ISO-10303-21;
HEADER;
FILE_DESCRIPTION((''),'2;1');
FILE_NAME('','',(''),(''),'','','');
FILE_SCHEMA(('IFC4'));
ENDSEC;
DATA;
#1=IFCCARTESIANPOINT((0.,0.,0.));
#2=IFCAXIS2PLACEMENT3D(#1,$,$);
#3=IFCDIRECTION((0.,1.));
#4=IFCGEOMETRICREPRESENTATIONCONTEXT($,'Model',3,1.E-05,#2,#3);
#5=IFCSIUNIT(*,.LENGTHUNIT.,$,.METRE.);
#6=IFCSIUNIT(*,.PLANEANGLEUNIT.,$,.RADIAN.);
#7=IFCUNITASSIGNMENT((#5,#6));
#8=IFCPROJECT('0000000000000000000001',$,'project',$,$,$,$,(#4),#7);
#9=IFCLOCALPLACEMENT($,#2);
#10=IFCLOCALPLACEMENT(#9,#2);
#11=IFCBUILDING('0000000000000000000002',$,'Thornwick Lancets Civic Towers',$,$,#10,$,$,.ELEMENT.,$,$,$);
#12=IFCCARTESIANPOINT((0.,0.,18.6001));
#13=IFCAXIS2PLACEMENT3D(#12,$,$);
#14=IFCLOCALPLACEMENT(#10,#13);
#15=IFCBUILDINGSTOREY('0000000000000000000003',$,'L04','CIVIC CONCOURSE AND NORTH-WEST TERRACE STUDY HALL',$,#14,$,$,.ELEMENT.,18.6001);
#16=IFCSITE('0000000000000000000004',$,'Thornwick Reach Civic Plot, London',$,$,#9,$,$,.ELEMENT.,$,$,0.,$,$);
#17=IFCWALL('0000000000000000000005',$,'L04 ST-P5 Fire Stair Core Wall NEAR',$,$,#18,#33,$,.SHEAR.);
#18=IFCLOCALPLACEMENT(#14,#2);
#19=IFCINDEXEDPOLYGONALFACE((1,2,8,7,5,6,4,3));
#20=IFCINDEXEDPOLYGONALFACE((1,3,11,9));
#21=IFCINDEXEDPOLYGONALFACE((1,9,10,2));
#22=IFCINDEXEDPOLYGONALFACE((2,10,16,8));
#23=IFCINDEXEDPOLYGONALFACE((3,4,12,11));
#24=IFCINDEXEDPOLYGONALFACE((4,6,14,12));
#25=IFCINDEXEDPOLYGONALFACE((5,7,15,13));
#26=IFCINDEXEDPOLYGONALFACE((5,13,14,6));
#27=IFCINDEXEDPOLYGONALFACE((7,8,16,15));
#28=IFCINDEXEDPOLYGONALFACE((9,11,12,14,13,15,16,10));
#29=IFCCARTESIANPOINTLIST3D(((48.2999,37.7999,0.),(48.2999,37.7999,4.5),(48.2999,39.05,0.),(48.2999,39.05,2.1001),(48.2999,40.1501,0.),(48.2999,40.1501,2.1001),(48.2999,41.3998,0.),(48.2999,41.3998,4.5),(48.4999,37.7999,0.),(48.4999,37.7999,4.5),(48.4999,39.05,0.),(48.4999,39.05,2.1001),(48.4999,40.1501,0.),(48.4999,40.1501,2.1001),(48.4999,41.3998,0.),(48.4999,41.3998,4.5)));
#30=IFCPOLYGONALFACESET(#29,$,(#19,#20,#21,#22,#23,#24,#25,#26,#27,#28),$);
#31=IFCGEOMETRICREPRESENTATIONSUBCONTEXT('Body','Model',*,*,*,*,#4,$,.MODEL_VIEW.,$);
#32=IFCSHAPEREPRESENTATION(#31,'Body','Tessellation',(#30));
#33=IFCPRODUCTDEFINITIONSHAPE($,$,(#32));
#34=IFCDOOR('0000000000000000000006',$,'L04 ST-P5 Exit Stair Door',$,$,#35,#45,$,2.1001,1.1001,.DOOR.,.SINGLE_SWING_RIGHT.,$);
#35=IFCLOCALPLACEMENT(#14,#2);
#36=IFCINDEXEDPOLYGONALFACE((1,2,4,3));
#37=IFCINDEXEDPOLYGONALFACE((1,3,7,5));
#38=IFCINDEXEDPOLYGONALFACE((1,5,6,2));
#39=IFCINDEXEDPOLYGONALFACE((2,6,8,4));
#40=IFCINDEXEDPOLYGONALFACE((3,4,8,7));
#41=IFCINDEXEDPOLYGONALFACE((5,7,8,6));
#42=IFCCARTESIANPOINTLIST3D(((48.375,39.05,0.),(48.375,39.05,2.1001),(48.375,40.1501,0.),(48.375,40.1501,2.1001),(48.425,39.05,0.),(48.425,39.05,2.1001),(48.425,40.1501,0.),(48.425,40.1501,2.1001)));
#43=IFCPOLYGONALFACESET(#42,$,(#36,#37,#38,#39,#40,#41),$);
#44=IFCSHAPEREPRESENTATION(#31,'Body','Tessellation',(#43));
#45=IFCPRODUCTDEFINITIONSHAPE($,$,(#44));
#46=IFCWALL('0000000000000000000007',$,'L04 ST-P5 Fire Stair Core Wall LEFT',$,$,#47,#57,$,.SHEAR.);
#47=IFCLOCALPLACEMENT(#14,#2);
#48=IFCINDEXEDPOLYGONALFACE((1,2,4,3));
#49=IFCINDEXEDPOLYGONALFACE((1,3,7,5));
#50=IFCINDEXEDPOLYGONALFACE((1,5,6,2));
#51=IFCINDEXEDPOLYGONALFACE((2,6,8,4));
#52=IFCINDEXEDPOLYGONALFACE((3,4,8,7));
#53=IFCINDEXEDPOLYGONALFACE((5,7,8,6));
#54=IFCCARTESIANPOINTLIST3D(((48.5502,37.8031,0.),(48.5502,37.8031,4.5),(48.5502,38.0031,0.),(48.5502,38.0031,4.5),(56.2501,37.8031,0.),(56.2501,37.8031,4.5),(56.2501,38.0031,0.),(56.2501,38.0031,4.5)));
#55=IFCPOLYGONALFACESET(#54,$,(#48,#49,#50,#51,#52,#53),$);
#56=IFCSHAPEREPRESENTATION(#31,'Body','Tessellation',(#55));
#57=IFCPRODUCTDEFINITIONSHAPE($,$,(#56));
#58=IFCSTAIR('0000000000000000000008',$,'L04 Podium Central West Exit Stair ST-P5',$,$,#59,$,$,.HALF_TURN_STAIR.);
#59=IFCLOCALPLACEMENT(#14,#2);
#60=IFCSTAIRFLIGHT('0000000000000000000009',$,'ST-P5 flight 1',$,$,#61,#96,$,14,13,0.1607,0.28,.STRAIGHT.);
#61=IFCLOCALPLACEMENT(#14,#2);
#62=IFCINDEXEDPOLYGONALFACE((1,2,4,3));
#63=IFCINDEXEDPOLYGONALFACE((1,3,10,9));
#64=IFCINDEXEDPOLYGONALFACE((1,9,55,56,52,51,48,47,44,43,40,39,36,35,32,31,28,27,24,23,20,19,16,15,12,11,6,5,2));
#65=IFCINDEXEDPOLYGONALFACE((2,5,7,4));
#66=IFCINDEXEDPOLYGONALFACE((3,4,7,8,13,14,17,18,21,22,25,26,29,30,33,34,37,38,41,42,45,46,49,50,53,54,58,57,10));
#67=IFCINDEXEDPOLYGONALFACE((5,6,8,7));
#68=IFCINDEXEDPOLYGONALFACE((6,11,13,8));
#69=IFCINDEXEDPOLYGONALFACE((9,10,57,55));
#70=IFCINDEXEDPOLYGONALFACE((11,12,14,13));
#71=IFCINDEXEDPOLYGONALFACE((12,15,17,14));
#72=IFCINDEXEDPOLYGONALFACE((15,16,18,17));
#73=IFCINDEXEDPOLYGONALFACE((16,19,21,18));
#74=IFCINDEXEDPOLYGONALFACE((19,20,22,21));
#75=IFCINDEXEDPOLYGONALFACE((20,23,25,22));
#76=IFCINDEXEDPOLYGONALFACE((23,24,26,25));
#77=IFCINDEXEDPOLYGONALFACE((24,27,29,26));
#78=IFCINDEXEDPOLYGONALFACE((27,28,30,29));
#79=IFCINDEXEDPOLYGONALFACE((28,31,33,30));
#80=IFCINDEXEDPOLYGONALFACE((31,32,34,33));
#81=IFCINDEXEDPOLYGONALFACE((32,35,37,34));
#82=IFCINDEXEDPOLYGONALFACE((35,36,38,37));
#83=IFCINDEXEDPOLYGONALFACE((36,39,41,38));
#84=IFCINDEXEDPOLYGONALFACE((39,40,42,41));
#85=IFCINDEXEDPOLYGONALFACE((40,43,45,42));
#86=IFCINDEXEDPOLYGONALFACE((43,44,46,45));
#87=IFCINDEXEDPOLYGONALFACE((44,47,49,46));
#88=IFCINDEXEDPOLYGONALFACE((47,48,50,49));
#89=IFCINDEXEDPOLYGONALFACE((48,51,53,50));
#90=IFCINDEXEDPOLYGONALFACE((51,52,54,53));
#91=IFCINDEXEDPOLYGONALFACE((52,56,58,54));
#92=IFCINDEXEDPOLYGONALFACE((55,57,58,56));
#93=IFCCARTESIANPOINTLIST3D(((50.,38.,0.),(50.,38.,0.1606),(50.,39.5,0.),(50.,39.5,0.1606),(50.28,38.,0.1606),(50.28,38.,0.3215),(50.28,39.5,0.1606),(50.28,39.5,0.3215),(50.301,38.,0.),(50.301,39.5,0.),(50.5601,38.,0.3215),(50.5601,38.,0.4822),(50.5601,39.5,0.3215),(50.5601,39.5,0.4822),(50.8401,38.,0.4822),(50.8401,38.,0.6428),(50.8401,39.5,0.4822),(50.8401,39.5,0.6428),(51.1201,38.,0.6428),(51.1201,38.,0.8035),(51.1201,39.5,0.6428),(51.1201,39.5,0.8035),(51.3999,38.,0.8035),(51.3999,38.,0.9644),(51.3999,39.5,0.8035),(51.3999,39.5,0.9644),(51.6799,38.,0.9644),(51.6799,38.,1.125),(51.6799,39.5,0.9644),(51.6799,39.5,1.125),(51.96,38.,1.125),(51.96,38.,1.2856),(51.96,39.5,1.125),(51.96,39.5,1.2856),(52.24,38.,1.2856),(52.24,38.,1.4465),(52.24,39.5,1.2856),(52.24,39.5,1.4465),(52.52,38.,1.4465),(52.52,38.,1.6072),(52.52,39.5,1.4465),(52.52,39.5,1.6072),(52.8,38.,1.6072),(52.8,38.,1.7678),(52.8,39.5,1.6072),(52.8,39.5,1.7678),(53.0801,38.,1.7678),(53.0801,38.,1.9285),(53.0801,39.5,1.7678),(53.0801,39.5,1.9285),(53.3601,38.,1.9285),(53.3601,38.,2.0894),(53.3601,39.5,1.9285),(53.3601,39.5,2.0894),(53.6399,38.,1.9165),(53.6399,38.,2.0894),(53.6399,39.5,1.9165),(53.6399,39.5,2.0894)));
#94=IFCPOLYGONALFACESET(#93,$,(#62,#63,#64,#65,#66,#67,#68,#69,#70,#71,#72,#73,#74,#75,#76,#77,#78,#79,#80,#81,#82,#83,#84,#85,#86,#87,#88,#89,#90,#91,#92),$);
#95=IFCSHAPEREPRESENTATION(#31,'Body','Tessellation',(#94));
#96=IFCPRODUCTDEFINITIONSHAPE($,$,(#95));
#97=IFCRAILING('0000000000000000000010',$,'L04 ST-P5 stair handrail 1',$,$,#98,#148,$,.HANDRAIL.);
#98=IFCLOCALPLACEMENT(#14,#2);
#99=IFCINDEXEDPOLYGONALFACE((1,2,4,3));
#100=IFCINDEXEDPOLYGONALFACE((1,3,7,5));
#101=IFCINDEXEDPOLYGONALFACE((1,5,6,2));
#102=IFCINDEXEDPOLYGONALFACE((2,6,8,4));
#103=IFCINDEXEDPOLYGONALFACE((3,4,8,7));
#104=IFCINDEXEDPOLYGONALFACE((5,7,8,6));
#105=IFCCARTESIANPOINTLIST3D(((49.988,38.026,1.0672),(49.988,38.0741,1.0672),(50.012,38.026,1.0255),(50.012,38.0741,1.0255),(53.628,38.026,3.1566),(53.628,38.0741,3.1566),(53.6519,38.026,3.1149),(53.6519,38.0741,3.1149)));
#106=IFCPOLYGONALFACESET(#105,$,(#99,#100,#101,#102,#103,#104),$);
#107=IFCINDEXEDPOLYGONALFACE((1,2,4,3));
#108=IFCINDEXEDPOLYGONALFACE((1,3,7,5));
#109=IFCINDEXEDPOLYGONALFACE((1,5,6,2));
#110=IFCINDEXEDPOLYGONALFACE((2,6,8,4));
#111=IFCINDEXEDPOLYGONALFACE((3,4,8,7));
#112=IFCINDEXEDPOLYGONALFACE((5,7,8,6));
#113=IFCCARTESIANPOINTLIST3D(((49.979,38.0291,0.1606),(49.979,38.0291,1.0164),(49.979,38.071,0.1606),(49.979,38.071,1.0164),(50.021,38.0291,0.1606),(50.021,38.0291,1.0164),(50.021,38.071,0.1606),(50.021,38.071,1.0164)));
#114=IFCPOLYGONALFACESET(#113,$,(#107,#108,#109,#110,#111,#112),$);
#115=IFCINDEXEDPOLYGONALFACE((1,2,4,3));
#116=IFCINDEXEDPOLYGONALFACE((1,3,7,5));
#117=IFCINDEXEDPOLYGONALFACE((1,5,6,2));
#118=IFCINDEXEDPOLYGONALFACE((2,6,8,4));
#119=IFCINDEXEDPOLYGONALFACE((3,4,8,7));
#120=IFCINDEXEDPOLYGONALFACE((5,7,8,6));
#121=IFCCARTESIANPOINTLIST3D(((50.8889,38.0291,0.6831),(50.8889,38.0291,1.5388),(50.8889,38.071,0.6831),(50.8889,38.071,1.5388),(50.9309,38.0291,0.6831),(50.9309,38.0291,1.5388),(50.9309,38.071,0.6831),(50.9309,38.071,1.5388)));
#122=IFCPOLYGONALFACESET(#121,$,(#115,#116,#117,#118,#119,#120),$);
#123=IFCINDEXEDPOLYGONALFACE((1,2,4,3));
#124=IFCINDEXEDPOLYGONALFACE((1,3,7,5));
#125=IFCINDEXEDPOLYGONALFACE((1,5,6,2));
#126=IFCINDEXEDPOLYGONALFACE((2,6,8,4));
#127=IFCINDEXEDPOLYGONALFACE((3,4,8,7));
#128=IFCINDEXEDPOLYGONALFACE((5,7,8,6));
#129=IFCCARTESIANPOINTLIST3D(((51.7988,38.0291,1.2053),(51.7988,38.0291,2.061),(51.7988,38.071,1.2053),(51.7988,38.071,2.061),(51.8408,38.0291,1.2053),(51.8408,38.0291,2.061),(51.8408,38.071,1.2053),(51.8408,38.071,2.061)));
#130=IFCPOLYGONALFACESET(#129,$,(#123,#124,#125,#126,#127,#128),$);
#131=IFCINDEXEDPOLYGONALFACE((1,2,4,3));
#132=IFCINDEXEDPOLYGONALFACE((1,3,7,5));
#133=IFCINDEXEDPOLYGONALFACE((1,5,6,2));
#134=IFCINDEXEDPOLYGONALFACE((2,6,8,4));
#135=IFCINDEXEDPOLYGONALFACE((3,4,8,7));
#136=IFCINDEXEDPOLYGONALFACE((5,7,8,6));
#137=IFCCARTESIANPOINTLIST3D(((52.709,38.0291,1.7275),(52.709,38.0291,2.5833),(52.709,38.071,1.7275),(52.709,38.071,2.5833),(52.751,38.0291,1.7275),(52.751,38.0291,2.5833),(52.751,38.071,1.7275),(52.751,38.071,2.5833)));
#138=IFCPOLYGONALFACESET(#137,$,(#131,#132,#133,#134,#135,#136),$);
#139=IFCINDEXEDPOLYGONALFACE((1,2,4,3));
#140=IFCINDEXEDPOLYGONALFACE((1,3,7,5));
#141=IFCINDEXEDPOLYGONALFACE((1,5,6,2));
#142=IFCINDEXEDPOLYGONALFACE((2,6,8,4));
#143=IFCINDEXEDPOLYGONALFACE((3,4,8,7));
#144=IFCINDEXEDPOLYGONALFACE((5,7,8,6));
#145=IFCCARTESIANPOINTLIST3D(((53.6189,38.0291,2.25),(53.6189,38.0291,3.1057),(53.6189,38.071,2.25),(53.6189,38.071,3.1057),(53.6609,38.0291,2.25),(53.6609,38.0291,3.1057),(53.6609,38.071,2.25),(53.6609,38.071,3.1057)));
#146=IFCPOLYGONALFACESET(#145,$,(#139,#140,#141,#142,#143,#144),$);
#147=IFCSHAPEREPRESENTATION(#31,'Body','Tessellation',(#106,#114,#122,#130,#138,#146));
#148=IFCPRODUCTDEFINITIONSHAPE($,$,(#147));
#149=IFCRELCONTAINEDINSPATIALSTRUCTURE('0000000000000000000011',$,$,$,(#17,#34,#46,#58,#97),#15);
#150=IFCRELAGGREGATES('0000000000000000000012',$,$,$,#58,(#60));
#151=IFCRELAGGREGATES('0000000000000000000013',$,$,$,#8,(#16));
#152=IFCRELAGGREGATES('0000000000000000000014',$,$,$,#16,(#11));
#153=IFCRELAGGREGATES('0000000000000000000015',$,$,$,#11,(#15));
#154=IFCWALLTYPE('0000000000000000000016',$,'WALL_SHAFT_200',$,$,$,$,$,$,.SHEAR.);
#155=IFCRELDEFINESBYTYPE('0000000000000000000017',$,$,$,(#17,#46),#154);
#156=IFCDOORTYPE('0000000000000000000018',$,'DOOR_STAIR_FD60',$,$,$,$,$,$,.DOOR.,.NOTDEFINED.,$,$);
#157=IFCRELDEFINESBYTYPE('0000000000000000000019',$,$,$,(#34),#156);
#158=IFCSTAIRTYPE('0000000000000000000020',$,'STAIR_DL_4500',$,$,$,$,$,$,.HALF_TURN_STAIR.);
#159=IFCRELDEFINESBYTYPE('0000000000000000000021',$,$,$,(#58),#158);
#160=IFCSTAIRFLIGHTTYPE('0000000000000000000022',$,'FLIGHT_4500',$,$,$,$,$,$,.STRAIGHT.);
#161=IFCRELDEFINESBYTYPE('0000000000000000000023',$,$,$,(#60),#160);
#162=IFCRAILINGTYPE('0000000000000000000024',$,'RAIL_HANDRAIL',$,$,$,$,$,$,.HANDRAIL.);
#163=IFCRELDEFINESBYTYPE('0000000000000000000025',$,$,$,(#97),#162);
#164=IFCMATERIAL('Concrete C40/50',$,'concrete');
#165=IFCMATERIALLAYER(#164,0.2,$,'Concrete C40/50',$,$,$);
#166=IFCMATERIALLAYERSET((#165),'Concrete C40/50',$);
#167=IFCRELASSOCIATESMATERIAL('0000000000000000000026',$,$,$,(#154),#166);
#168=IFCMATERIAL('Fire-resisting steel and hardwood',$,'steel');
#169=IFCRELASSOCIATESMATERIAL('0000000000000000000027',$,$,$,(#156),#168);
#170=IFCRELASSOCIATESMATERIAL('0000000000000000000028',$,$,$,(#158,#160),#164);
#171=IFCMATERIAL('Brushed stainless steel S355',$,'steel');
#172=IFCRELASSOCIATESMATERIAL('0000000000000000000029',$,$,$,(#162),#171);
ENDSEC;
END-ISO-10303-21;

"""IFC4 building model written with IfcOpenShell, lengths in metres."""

from ifc_helpers import new_model, si_unit, direction, frame, frame_2d, origin, origin_2d, place, context, subcontext, project, spatial, polyline, rectangle, outline, extrude, material, layer, layer_set, type_object, element, fill, aggregate, save


model = new_model("IFC4")

# Units and contexts
model_context = context("Model", 3, precision=1e-05, world=origin(), true_north=direction((0.0, 1.0)))
body_context = subcontext(model_context, "Body", "Model", "MODEL_VIEW")
ifc_project = project(units=[si_unit("LENGTHUNIT", "METRE"), si_unit("PLANEANGLEUNIT", "RADIAN")], contexts=[model_context])

# Site, building, storey
site_placement = place(None, origin())
site = spatial("IfcSite", under=ifc_project, at=site_placement, Name="Thornwick Reach Civic Plot, London", CompositionType="ELEMENT", RefElevation=0.0)
building_placement = place(site_placement, origin())
building = spatial("IfcBuilding", under=site, at=building_placement, Name="Thornwick Lancets Civic Towers", CompositionType="ELEMENT")
storey_placement = place(building_placement, frame((0.0, 0.0, 18.6001)))
storey = spatial("IfcBuildingStorey", under=building, at=storey_placement, Name="L04", Description="CIVIC CONCOURSE AND NORTH-WEST TERRACE STUDY HALL", CompositionType="ELEMENT", Elevation=18.6001)

# Shared definitions
ifc_material_1 = material(Name="Concrete C40/50", Category="concrete")

# Wall, opening, door
ifc_layer_1 = layer(ifc_material_1, 0.2, Name="Concrete C40/50")
ifc_layer_set_1 = layer_set([ifc_layer_1], Name="Concrete C40/50")
wall_type_1 = type_object("IfcWallType", Name="WALL_SHAFT_200", PredefinedType="SHEAR", material=ifc_layer_set_1)
wall_1_placement = place(storey_placement, frame((48.3999, 37.8, 0.0), z_axis=(0.0, 0.0, 1.0), x_axis=(0.0, 1.0, 0.0)))
wall_1 = element("IfcWall", 1, at=wall_1_placement, inside=storey, type_object=wall_type_1, Name="L04 ST-P5 Fire Stair Core Wall NEAR", PredefinedType="SHEAR", context=body_context, shape_type="SweptSolid", body=[
    extrude(rectangle(XDim=3.5999, YDim=0.2, at=frame_2d((1.7998, 0.0))), origin(), (0.0, 0.0, 1.0), 4.5),
])
opening_1_placement = place(wall_1_placement, frame((1.25, 0.0, 0.0)))
opening_1 = element("IfcOpeningElement", 2, at=opening_1_placement, cuts=wall_1, PredefinedType="OPENING", context=body_context, shape_type="SweptSolid", body=[
    extrude(rectangle(XDim=1.1001, YDim=2.1001, at=frame_2d((0.55, 1.05))), frame((0.0, 0.1099, 0.0), z_axis=(0.0, -1.0, 0.0), x_axis=(1.0, 0.0, 0.0)), (0.0, 0.0, 1.0), 0.22),
])
ifc_material_2 = material(Name="Fire-resisting steel and hardwood", Category="steel")
door_type_1 = type_object("IfcDoorType", Name="DOOR_STAIR_FD60", OperationType="NOTDEFINED", PredefinedType="DOOR", material=ifc_material_2)
door_1_placement = place(opening_1_placement, origin())
door_1 = element("IfcDoor", 3, at=door_1_placement, inside=storey, type_object=door_type_1, Name="L04 ST-P5 Exit Stair Door", OperationType="SINGLE_SWING_RIGHT", OverallHeight=2.1001, OverallWidth=1.1001, PredefinedType="DOOR", context=body_context, shape_type="SweptSolid", body=[
    extrude(rectangle(XDim=1.1001, YDim=2.1001, at=frame_2d((0.55, 1.05))), frame((0.0, 0.0249, 0.0), z_axis=(0.0, -1.0, 0.0), x_axis=(1.0, 0.0, 0.0)), (0.0, 0.0, 1.0), 0.05),
])
fill(opening_1, door_1)

# Wall
wall_2_placement = place(storey_placement, frame((48.55, 37.9031, 0.0), z_axis=(0.0, 0.0, 1.0), x_axis=(1.0, 0.0, 0.0)))
element("IfcWall", 4, at=wall_2_placement, inside=storey, type_object=wall_type_1, Name="L04 ST-P5 Fire Stair Core Wall LEFT", PredefinedType="SHEAR", context=body_context, shape_type="SweptSolid", body=[
    extrude(rectangle(XDim=7.7, YDim=0.2, at=frame_2d((3.8501, 0.0))), origin(), (0.0, 0.0, 1.0), 4.5),
])

# Stair, stair flight
stair_type = type_object("IfcStairType", Name="STAIR_DL_4500", PredefinedType="HALF_TURN_STAIR", material=ifc_material_1)
stair_placement = place(storey_placement, origin())
stair = element("IfcStair", 5, at=stair_placement, inside=storey, type_object=stair_type, Name="L04 Podium Central West Exit Stair ST-P5", PredefinedType="HALF_TURN_STAIR")
stair_flight_type = type_object("IfcStairFlightType", Name="FLIGHT_4500", PredefinedType="STRAIGHT", material=ifc_material_1)
stair_flight_placement = place(storey_placement, frame((50.0, 38.75, 0.0), z_axis=(0.0, 0.0, 1.0), x_axis=(1.0, 0.0, 0.0)))
stair_flight = element("IfcStairFlight", 6, at=stair_flight_placement, type_object=stair_flight_type, Name="ST-P5 flight 1", NumberOfRisers=14, NumberOfTreads=13, PredefinedType="STRAIGHT", RiserHeight=0.1607, TreadLength=0.28, context=body_context, shape_type="SweptSolid", body=[
    extrude(outline(polyline([(0.0, 0.0), (0.0, 0.1606), (0.28, 0.1606), (0.28, 0.3215), (0.5601, 0.3215), (0.5601, 0.4822), (0.8401, 0.4822), (0.8401, 0.6428), (1.1201, 0.6428), (1.1201, 0.8035), (1.3999, 0.8035), (1.3999, 0.9644), (1.6799, 0.9644), (1.6799, 1.125), (1.96, 1.125), (1.96, 1.2856), (2.24, 1.2856), (2.24, 1.4465), (2.52, 1.4465), (2.52, 1.6072), (2.8, 1.6072), (2.8, 1.7678), (3.0801, 1.7678), (3.0801, 1.9285), (3.3601, 1.9285), (3.3601, 2.0894), (3.6399, 2.0894), (3.6399, 2.25), (3.6399, 1.9165), (0.301, 0.0), (0.0, 0.0)])), frame((0.0, 0.75, 0.0), z_axis=(0.0, -1.0, 0.0), x_axis=(1.0, 0.0, 0.0)), (0.0, 0.0, 1.0), 1.5),
])
aggregate(stair, [stair_flight])

# Railing
ifc_material_3 = material(Name="Brushed stainless steel S355", Category="steel")
railing_type_1 = type_object("IfcRailingType", Name="RAIL_HANDRAIL", PredefinedType="HANDRAIL", material=ifc_material_3)
railing_1_placement = place(storey_placement, frame((50.0, 38.05, 0.1606)))
element("IfcRailing", 7, at=railing_1_placement, inside=storey, type_object=railing_type_1, Name="L04 ST-P5 stair handrail 1", PredefinedType="HANDRAIL", context=body_context, shape_type="SweptSolid", body=[
    extrude(rectangle(XDim=0.0481, YDim=0.0481, at=origin_2d()), frame((0.0, 0.0, 0.8857), z_axis=(0.867275, 0.0, 0.497829), x_axis=(0.0, 1.0, 0.0)), (0.0, 0.0, 1.0), 4.197),
    extrude(rectangle(XDim=0.042, YDim=0.042, at=origin_2d()), origin(), (0.0, 0.0, 1.0), 0.8557),
    extrude(rectangle(XDim=0.042, YDim=0.042, at=origin_2d()), frame((0.9099, 0.0, 0.5225)), (0.0, 0.0, 1.0), 0.8557),
    extrude(rectangle(XDim=0.042, YDim=0.042, at=origin_2d()), frame((1.8198, 0.0, 1.0447)), (0.0, 0.0, 1.0), 0.8557),
    extrude(rectangle(XDim=0.042, YDim=0.042, at=origin_2d()), frame((2.73, 0.0, 1.5669)), (0.0, 0.0, 1.0), 0.8557),
    extrude(rectangle(XDim=0.042, YDim=0.042, at=origin_2d()), frame((3.6399, 0.0, 2.0894)), (0.0, 0.0, 1.0), 0.8557),
])

save(model, "model.ifc")
